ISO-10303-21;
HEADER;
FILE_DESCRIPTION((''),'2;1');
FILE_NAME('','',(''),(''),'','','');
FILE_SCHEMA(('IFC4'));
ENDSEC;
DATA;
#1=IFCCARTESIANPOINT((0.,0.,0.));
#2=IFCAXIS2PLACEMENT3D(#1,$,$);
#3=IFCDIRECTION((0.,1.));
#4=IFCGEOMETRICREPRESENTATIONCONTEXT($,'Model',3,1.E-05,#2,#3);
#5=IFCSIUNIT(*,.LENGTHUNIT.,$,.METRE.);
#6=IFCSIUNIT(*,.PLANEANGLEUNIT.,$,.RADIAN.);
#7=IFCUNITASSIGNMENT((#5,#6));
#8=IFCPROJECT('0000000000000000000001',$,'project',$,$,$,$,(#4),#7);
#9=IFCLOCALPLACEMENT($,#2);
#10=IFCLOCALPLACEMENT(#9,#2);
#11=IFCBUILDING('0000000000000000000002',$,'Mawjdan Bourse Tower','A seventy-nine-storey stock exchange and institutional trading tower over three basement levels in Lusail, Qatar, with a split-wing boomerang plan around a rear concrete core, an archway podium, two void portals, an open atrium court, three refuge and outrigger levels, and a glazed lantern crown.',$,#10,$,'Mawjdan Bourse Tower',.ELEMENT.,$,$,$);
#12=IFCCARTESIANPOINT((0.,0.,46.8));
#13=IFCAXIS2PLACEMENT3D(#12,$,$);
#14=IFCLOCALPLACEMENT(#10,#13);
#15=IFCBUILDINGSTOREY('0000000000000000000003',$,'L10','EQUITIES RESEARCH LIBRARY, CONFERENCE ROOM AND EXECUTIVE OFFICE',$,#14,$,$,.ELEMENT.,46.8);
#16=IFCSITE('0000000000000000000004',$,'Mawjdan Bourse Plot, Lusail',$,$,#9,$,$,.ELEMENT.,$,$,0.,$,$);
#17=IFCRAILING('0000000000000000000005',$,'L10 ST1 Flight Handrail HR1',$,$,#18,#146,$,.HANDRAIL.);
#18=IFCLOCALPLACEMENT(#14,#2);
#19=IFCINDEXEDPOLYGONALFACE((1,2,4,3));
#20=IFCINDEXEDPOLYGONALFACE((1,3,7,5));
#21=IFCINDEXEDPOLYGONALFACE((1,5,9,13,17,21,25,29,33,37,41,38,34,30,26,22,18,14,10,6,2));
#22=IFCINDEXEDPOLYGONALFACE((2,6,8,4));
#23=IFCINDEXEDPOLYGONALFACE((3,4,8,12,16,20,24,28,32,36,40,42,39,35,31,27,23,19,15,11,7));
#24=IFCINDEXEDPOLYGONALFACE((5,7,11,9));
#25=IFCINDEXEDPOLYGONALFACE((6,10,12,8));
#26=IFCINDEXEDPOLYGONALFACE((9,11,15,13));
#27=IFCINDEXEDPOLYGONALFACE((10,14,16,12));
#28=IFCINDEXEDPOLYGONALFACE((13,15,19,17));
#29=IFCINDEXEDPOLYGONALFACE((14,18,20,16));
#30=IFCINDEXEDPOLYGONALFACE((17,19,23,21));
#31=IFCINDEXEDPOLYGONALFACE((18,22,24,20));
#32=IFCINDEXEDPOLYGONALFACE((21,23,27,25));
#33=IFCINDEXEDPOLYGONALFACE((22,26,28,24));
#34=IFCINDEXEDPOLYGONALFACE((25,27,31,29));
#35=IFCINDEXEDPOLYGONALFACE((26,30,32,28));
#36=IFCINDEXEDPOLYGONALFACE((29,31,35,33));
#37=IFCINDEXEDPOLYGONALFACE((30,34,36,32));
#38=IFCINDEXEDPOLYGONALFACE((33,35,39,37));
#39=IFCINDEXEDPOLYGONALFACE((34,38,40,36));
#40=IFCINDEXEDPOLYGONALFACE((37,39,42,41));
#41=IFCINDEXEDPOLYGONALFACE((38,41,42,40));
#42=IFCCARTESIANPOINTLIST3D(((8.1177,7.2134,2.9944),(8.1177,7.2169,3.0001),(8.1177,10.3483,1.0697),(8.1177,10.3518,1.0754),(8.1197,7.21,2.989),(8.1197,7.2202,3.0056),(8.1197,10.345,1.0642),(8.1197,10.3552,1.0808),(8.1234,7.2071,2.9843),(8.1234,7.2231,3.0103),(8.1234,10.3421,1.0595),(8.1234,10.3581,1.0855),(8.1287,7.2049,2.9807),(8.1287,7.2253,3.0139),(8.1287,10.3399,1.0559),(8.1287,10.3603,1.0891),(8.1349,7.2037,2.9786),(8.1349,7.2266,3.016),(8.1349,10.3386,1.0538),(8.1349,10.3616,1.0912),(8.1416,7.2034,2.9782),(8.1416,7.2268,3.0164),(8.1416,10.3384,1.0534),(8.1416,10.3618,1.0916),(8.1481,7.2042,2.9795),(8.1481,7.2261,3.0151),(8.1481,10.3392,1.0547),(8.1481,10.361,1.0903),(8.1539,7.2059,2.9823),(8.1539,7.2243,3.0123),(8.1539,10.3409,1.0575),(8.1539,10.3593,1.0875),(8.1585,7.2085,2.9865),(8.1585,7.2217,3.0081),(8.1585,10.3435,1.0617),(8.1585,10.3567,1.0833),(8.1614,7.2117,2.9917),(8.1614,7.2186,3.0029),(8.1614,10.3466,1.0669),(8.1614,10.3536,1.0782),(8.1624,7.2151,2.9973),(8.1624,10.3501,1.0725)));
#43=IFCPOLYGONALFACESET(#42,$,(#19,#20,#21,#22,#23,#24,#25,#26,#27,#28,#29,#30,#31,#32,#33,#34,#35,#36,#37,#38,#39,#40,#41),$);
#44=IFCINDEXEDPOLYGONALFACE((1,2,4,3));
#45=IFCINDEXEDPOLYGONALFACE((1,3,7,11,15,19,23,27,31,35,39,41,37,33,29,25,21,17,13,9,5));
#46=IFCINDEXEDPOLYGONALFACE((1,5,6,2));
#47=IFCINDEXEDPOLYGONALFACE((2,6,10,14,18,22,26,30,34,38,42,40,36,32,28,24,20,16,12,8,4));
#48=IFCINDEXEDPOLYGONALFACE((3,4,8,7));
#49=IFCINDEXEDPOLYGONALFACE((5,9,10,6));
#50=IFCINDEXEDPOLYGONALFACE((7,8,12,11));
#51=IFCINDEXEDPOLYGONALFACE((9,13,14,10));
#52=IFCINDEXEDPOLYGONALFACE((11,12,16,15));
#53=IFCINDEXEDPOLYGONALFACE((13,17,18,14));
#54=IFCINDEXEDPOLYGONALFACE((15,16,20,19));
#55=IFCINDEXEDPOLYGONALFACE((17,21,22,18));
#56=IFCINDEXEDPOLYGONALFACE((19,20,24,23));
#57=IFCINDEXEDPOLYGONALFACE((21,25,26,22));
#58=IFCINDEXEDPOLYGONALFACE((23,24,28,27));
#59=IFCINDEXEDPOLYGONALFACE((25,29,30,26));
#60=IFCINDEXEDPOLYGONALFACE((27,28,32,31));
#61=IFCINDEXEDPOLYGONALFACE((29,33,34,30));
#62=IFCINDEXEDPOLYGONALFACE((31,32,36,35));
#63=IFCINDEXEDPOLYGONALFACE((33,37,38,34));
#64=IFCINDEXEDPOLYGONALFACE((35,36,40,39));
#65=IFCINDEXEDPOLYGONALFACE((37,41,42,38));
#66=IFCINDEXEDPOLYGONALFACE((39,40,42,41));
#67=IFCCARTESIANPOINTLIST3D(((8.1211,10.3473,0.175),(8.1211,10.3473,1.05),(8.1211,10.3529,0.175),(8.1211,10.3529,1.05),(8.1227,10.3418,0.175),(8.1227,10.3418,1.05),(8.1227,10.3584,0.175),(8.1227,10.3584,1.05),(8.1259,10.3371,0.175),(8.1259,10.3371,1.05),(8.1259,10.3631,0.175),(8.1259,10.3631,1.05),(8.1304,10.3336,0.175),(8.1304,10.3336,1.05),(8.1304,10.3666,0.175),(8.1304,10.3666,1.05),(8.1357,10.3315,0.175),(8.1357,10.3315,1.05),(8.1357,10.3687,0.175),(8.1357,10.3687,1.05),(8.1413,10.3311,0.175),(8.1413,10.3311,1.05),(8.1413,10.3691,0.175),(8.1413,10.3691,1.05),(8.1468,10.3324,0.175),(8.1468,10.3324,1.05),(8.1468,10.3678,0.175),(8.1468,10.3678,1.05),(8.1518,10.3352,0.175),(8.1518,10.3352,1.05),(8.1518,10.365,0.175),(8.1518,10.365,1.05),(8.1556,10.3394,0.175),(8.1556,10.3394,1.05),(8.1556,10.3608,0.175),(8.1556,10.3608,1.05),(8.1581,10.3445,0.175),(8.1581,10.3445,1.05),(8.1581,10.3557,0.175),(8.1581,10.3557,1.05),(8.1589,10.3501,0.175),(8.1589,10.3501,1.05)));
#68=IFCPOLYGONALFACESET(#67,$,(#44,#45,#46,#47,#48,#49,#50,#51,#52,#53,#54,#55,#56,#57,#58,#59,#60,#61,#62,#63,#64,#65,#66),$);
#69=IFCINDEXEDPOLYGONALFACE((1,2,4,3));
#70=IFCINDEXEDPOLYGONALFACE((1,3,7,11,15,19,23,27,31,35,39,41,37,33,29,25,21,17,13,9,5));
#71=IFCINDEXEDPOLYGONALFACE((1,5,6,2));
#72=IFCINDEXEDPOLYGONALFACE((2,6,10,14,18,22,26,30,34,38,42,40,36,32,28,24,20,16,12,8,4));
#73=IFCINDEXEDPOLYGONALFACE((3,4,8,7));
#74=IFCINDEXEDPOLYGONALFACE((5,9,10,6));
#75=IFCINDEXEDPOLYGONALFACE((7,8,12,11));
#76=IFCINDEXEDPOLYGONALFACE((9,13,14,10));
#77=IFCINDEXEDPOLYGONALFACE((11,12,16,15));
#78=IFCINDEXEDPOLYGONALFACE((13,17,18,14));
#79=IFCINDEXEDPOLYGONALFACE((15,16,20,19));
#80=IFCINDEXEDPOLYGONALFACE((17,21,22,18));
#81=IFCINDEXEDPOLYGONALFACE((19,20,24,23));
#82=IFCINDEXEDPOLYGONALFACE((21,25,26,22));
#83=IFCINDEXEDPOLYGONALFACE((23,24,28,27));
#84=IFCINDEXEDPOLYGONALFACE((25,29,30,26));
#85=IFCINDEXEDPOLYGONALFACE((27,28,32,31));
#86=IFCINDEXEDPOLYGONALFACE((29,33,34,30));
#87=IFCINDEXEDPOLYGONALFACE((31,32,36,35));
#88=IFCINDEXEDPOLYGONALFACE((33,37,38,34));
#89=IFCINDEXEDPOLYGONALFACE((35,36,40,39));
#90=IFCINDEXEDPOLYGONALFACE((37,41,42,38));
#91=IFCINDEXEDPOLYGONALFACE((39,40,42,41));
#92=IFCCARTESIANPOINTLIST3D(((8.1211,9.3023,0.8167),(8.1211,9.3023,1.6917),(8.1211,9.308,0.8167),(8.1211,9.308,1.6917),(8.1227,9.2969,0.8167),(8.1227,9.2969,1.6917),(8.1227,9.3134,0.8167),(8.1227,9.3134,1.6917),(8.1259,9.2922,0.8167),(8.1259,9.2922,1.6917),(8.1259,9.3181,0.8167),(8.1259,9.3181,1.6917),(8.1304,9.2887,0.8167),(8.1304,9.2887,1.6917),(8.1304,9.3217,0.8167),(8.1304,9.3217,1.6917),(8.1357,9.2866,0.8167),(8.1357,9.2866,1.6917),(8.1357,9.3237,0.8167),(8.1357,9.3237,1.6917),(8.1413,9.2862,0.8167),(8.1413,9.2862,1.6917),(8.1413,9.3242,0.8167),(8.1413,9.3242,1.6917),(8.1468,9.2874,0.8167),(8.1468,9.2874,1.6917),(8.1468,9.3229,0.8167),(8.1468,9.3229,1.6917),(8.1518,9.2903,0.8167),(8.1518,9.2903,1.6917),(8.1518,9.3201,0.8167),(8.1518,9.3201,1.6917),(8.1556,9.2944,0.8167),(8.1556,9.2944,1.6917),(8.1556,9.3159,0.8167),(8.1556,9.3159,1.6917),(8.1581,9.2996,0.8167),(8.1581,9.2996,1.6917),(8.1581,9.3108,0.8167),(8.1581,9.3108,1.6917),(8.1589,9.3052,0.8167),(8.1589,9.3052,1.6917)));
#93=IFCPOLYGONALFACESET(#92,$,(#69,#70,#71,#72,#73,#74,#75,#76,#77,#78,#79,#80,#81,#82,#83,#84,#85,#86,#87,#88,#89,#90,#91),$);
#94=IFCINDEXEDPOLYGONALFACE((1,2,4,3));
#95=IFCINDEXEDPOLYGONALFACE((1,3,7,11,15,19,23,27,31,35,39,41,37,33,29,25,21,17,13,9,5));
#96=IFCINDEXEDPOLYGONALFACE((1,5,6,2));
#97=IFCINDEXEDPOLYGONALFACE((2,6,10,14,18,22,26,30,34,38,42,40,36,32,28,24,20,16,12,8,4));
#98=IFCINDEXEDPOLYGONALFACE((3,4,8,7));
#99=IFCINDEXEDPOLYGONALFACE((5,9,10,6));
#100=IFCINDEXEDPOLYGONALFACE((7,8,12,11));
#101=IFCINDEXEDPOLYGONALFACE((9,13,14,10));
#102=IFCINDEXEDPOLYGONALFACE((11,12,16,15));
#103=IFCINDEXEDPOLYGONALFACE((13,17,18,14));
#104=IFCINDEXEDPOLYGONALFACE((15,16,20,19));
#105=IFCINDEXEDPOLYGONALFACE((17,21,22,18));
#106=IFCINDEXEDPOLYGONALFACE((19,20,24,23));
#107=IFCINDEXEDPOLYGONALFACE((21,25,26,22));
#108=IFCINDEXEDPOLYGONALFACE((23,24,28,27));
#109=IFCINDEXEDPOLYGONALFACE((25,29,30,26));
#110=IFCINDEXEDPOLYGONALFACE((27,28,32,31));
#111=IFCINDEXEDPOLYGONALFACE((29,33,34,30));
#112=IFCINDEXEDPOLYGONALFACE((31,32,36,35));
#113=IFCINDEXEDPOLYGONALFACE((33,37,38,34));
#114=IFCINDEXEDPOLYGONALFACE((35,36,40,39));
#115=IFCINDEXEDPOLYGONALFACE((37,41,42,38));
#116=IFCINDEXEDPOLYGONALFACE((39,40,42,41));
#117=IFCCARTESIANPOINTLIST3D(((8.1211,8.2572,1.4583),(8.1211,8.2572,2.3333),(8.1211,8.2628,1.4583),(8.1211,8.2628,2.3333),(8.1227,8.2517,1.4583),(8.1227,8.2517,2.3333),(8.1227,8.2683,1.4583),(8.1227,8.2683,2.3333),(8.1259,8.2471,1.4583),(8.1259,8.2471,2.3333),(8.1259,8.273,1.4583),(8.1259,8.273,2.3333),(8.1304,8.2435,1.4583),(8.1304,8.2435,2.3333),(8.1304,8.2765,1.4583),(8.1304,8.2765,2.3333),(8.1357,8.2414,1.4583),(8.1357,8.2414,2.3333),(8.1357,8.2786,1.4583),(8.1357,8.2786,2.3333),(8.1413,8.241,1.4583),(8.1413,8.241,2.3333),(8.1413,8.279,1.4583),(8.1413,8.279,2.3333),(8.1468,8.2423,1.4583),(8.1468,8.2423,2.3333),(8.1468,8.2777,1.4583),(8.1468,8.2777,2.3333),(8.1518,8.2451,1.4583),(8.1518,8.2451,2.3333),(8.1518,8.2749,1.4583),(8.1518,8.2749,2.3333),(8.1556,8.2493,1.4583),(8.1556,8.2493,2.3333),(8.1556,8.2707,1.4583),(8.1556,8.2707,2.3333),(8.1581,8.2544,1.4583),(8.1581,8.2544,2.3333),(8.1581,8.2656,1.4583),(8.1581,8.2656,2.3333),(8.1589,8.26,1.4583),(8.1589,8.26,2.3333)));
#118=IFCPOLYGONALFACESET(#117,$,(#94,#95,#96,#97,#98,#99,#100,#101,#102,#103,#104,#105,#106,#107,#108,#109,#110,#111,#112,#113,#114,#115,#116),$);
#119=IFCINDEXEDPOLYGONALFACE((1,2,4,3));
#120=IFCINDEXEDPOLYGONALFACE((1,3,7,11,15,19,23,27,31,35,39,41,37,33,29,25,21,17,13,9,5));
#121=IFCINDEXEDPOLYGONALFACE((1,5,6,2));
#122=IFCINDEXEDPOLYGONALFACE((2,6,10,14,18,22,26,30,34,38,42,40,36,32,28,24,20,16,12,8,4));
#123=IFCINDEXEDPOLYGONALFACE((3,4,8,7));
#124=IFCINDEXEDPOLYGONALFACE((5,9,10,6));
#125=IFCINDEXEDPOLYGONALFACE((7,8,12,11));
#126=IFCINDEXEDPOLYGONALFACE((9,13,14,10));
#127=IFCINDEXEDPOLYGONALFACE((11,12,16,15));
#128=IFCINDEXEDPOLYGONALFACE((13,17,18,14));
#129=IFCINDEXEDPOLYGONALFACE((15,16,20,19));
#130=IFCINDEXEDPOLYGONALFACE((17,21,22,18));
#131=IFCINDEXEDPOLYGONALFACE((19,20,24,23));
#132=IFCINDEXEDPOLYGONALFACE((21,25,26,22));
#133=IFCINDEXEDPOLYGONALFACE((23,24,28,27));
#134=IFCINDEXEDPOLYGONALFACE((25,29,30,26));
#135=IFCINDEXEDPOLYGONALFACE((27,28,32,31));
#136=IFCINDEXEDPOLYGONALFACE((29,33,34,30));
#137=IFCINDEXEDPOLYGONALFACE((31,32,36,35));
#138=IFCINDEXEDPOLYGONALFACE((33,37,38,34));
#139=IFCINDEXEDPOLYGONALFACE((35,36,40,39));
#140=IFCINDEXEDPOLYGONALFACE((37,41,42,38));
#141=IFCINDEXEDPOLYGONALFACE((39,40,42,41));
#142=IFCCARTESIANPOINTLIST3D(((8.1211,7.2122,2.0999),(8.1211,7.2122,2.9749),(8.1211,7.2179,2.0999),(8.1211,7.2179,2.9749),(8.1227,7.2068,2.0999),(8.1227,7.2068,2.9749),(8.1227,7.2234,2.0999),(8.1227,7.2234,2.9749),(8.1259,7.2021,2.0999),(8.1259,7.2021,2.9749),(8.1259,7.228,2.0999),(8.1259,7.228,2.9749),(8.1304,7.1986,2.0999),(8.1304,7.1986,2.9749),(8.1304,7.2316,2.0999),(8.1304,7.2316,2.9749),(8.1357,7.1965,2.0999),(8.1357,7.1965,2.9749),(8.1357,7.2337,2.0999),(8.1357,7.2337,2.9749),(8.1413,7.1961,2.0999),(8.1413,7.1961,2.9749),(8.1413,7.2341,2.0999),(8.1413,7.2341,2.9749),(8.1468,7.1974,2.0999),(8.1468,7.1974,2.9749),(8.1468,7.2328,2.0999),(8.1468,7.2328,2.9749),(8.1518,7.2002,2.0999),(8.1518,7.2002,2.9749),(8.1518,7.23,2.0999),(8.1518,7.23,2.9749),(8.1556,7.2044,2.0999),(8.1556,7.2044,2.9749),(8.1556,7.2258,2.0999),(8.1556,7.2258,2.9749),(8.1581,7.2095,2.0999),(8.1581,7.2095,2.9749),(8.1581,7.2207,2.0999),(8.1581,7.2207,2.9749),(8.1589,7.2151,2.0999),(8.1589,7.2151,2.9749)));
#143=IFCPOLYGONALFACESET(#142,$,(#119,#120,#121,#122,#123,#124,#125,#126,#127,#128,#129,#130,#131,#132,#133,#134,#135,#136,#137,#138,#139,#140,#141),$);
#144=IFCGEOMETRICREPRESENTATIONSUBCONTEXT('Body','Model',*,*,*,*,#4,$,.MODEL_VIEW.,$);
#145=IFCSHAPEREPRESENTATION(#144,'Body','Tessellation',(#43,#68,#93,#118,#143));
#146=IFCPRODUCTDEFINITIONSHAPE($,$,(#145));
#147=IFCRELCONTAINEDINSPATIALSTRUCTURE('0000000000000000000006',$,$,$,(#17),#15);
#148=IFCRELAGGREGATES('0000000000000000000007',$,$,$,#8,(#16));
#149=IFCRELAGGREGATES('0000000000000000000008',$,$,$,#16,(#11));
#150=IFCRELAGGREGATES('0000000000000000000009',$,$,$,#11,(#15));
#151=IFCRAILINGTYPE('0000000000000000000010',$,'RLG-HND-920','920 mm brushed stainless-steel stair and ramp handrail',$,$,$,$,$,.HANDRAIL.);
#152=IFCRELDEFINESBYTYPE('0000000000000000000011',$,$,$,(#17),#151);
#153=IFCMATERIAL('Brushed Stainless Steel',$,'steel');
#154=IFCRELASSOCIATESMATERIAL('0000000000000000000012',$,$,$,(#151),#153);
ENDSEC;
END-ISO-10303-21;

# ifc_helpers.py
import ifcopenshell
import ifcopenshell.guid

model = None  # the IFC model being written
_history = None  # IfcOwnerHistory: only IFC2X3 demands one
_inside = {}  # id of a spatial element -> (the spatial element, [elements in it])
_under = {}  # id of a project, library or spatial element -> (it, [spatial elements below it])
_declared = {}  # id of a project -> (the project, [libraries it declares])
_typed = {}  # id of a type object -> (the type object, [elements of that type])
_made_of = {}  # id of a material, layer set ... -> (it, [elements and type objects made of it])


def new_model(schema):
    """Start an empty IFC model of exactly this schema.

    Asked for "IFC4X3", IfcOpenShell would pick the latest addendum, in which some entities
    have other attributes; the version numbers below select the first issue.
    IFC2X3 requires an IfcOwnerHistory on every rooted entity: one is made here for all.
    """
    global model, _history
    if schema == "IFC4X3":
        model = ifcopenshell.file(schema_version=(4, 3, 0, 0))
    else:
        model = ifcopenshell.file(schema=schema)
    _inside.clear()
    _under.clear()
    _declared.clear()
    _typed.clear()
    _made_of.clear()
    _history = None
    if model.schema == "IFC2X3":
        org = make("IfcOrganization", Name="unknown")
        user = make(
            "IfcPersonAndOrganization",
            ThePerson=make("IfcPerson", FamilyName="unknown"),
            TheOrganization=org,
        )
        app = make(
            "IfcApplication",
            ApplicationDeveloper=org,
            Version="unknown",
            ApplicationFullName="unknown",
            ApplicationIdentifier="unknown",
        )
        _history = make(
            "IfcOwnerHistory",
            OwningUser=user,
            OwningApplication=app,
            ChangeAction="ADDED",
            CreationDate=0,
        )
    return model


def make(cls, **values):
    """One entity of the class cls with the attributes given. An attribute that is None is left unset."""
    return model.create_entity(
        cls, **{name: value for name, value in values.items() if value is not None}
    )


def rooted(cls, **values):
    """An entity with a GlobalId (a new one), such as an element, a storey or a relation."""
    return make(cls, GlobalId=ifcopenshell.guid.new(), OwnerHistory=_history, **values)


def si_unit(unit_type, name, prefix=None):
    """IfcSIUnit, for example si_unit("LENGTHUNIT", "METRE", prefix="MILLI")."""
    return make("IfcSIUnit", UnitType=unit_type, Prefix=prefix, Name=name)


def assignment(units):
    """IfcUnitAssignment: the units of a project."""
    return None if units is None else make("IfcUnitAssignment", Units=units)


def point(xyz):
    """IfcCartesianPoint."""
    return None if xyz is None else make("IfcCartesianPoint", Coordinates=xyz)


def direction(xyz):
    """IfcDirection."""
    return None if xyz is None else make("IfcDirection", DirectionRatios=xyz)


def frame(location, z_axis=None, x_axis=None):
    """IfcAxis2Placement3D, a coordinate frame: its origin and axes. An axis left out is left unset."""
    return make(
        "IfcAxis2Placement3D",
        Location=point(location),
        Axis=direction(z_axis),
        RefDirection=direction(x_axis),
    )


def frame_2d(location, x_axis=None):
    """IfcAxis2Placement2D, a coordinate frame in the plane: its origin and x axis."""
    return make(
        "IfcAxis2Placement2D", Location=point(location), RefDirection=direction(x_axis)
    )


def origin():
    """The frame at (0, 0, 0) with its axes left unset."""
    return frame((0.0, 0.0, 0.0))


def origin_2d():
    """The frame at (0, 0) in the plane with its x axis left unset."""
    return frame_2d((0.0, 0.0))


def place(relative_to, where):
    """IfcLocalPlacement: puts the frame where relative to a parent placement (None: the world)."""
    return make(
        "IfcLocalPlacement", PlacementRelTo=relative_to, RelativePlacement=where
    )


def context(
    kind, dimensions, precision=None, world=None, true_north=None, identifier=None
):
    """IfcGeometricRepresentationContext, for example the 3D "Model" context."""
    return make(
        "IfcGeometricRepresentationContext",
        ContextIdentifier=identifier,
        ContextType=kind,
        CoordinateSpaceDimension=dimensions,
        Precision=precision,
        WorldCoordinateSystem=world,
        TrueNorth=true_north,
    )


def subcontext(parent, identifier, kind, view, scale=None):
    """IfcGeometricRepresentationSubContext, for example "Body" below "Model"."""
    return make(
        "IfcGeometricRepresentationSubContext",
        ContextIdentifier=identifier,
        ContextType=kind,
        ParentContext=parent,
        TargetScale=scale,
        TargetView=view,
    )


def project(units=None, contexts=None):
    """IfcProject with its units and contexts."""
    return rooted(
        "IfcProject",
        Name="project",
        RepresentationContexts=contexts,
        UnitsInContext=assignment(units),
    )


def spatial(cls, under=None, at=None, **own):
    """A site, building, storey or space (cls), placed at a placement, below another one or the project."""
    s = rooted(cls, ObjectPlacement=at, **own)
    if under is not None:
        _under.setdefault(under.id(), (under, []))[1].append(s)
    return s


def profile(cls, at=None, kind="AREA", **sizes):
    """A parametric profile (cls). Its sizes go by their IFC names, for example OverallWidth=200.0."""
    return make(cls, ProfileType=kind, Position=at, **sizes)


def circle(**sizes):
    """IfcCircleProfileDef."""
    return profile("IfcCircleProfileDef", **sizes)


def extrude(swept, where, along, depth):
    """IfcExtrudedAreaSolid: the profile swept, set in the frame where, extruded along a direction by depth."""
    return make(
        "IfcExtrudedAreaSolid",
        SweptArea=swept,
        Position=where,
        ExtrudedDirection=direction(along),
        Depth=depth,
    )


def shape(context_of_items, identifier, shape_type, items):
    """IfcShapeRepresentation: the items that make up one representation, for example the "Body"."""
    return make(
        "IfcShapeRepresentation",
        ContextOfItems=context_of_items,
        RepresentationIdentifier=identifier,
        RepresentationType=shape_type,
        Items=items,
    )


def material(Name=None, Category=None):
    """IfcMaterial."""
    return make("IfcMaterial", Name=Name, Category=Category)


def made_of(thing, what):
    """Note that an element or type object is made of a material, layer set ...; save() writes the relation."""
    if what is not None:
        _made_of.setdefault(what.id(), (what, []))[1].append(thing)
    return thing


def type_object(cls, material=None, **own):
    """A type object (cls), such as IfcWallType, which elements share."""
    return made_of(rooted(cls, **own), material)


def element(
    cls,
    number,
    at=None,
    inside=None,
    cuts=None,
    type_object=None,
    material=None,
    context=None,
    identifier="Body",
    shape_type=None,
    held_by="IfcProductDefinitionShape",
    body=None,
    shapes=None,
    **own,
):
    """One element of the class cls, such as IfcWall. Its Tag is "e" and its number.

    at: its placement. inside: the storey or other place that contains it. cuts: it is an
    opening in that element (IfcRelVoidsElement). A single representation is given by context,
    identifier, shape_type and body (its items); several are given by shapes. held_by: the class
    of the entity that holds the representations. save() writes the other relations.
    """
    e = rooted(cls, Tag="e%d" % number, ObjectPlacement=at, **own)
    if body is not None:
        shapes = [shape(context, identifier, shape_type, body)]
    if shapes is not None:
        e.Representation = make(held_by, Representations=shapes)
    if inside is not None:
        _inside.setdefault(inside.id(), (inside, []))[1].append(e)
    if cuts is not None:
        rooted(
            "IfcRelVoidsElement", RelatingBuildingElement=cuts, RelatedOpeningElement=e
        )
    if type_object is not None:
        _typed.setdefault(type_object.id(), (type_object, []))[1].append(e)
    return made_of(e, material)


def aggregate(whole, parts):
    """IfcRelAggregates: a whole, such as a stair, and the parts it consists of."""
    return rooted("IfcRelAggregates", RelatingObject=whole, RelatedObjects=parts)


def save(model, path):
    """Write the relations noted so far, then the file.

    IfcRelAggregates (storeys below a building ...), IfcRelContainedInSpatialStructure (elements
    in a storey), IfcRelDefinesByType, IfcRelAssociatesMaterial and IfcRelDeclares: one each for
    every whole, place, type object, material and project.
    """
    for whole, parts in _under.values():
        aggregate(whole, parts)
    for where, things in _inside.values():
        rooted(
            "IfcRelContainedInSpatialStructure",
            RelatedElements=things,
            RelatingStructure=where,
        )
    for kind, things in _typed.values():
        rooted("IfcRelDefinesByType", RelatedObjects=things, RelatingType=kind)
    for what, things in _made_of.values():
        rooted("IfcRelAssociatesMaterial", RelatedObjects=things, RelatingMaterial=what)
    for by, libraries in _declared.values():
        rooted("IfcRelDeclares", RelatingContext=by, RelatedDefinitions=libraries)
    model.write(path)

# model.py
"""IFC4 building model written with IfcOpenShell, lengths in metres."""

from ifc_helpers import new_model, si_unit, direction, frame, origin, origin_2d, place, context, subcontext, project, spatial, circle, extrude, material, type_object, element, save


model = new_model("IFC4")

# Units and contexts
model_context = context("Model", 3, precision=1e-05, world=origin(), true_north=direction((0.0, 1.0)))
body_context = subcontext(model_context, "Body", "Model", "MODEL_VIEW")
ifc_project = project(units=[si_unit("LENGTHUNIT", "METRE"), si_unit("PLANEANGLEUNIT", "RADIAN")], contexts=[model_context])

# Site, building, storey
site_placement = place(None, origin())
site = spatial("IfcSite", under=ifc_project, at=site_placement, Name="Mawjdan Bourse Plot, Lusail", CompositionType="ELEMENT", RefElevation=0.0)
building_placement = place(site_placement, origin())
building = spatial("IfcBuilding", under=site, at=building_placement, Name="Mawjdan Bourse Tower", Description="A seventy-nine-storey stock exchange and institutional trading tower over three basement levels in Lusail, Qatar, with a split-wing boomerang plan around a rear concrete core, an archway podium, two void portals, an open atrium court, three refuge and outrigger levels, and a glazed lantern crown.", LongName="Mawjdan Bourse Tower", CompositionType="ELEMENT")
storey_placement = place(building_placement, frame((0.0, 0.0, 46.8)))
storey = spatial("IfcBuildingStorey", under=building, at=storey_placement, Name="L10", Description="EQUITIES RESEARCH LIBRARY, CONFERENCE ROOM AND EXECUTIVE OFFICE", CompositionType="ELEMENT", Elevation=46.8)

# Shared definitions
ifc_material_1 = material(Name="Brushed Stainless Steel", Category="steel")

# Railing
railing_type = type_object("IfcRailingType", Name="RLG-HND-920", Description="920 mm brushed stainless-steel stair and ramp handrail", PredefinedType="HANDRAIL", material=ifc_material_1)
railing_1_placement = place(storey_placement, frame((8.1399, 10.3501, 0.175)))
element("IfcRailing", 1, at=railing_1_placement, inside=storey, type_object=railing_type, Name="L10 ST1 Flight Handrail HR1", PredefinedType="HANDRAIL", context=body_context, shape_type="SweptSolid", body=[
    extrude(circle(Radius=0.0225, at=origin_2d()), frame((0.0, 0.0, 0.8975), z_axis=(0.0, -0.852196, 0.523223), x_axis=(1.0, 0.0, 0.0)), (0.0, 0.0, 1.0), 3.6787),
    extrude(circle(Radius=0.019, at=origin_2d()), origin(), (0.0, 0.0, 1.0), 0.875),
    extrude(circle(Radius=0.019, at=origin_2d()), frame((0.0, -1.0449, 0.6416)), (0.0, 0.0, 1.0), 0.875),
    extrude(circle(Radius=0.019, at=origin_2d()), frame((0.0, -2.0901, 1.2832)), (0.0, 0.0, 1.0), 0.875),
    extrude(circle(Radius=0.019, at=origin_2d()), frame((0.0, -3.135, 1.9248)), (0.0, 0.0, 1.0), 0.875),
])

save(model, "model.ifc")
